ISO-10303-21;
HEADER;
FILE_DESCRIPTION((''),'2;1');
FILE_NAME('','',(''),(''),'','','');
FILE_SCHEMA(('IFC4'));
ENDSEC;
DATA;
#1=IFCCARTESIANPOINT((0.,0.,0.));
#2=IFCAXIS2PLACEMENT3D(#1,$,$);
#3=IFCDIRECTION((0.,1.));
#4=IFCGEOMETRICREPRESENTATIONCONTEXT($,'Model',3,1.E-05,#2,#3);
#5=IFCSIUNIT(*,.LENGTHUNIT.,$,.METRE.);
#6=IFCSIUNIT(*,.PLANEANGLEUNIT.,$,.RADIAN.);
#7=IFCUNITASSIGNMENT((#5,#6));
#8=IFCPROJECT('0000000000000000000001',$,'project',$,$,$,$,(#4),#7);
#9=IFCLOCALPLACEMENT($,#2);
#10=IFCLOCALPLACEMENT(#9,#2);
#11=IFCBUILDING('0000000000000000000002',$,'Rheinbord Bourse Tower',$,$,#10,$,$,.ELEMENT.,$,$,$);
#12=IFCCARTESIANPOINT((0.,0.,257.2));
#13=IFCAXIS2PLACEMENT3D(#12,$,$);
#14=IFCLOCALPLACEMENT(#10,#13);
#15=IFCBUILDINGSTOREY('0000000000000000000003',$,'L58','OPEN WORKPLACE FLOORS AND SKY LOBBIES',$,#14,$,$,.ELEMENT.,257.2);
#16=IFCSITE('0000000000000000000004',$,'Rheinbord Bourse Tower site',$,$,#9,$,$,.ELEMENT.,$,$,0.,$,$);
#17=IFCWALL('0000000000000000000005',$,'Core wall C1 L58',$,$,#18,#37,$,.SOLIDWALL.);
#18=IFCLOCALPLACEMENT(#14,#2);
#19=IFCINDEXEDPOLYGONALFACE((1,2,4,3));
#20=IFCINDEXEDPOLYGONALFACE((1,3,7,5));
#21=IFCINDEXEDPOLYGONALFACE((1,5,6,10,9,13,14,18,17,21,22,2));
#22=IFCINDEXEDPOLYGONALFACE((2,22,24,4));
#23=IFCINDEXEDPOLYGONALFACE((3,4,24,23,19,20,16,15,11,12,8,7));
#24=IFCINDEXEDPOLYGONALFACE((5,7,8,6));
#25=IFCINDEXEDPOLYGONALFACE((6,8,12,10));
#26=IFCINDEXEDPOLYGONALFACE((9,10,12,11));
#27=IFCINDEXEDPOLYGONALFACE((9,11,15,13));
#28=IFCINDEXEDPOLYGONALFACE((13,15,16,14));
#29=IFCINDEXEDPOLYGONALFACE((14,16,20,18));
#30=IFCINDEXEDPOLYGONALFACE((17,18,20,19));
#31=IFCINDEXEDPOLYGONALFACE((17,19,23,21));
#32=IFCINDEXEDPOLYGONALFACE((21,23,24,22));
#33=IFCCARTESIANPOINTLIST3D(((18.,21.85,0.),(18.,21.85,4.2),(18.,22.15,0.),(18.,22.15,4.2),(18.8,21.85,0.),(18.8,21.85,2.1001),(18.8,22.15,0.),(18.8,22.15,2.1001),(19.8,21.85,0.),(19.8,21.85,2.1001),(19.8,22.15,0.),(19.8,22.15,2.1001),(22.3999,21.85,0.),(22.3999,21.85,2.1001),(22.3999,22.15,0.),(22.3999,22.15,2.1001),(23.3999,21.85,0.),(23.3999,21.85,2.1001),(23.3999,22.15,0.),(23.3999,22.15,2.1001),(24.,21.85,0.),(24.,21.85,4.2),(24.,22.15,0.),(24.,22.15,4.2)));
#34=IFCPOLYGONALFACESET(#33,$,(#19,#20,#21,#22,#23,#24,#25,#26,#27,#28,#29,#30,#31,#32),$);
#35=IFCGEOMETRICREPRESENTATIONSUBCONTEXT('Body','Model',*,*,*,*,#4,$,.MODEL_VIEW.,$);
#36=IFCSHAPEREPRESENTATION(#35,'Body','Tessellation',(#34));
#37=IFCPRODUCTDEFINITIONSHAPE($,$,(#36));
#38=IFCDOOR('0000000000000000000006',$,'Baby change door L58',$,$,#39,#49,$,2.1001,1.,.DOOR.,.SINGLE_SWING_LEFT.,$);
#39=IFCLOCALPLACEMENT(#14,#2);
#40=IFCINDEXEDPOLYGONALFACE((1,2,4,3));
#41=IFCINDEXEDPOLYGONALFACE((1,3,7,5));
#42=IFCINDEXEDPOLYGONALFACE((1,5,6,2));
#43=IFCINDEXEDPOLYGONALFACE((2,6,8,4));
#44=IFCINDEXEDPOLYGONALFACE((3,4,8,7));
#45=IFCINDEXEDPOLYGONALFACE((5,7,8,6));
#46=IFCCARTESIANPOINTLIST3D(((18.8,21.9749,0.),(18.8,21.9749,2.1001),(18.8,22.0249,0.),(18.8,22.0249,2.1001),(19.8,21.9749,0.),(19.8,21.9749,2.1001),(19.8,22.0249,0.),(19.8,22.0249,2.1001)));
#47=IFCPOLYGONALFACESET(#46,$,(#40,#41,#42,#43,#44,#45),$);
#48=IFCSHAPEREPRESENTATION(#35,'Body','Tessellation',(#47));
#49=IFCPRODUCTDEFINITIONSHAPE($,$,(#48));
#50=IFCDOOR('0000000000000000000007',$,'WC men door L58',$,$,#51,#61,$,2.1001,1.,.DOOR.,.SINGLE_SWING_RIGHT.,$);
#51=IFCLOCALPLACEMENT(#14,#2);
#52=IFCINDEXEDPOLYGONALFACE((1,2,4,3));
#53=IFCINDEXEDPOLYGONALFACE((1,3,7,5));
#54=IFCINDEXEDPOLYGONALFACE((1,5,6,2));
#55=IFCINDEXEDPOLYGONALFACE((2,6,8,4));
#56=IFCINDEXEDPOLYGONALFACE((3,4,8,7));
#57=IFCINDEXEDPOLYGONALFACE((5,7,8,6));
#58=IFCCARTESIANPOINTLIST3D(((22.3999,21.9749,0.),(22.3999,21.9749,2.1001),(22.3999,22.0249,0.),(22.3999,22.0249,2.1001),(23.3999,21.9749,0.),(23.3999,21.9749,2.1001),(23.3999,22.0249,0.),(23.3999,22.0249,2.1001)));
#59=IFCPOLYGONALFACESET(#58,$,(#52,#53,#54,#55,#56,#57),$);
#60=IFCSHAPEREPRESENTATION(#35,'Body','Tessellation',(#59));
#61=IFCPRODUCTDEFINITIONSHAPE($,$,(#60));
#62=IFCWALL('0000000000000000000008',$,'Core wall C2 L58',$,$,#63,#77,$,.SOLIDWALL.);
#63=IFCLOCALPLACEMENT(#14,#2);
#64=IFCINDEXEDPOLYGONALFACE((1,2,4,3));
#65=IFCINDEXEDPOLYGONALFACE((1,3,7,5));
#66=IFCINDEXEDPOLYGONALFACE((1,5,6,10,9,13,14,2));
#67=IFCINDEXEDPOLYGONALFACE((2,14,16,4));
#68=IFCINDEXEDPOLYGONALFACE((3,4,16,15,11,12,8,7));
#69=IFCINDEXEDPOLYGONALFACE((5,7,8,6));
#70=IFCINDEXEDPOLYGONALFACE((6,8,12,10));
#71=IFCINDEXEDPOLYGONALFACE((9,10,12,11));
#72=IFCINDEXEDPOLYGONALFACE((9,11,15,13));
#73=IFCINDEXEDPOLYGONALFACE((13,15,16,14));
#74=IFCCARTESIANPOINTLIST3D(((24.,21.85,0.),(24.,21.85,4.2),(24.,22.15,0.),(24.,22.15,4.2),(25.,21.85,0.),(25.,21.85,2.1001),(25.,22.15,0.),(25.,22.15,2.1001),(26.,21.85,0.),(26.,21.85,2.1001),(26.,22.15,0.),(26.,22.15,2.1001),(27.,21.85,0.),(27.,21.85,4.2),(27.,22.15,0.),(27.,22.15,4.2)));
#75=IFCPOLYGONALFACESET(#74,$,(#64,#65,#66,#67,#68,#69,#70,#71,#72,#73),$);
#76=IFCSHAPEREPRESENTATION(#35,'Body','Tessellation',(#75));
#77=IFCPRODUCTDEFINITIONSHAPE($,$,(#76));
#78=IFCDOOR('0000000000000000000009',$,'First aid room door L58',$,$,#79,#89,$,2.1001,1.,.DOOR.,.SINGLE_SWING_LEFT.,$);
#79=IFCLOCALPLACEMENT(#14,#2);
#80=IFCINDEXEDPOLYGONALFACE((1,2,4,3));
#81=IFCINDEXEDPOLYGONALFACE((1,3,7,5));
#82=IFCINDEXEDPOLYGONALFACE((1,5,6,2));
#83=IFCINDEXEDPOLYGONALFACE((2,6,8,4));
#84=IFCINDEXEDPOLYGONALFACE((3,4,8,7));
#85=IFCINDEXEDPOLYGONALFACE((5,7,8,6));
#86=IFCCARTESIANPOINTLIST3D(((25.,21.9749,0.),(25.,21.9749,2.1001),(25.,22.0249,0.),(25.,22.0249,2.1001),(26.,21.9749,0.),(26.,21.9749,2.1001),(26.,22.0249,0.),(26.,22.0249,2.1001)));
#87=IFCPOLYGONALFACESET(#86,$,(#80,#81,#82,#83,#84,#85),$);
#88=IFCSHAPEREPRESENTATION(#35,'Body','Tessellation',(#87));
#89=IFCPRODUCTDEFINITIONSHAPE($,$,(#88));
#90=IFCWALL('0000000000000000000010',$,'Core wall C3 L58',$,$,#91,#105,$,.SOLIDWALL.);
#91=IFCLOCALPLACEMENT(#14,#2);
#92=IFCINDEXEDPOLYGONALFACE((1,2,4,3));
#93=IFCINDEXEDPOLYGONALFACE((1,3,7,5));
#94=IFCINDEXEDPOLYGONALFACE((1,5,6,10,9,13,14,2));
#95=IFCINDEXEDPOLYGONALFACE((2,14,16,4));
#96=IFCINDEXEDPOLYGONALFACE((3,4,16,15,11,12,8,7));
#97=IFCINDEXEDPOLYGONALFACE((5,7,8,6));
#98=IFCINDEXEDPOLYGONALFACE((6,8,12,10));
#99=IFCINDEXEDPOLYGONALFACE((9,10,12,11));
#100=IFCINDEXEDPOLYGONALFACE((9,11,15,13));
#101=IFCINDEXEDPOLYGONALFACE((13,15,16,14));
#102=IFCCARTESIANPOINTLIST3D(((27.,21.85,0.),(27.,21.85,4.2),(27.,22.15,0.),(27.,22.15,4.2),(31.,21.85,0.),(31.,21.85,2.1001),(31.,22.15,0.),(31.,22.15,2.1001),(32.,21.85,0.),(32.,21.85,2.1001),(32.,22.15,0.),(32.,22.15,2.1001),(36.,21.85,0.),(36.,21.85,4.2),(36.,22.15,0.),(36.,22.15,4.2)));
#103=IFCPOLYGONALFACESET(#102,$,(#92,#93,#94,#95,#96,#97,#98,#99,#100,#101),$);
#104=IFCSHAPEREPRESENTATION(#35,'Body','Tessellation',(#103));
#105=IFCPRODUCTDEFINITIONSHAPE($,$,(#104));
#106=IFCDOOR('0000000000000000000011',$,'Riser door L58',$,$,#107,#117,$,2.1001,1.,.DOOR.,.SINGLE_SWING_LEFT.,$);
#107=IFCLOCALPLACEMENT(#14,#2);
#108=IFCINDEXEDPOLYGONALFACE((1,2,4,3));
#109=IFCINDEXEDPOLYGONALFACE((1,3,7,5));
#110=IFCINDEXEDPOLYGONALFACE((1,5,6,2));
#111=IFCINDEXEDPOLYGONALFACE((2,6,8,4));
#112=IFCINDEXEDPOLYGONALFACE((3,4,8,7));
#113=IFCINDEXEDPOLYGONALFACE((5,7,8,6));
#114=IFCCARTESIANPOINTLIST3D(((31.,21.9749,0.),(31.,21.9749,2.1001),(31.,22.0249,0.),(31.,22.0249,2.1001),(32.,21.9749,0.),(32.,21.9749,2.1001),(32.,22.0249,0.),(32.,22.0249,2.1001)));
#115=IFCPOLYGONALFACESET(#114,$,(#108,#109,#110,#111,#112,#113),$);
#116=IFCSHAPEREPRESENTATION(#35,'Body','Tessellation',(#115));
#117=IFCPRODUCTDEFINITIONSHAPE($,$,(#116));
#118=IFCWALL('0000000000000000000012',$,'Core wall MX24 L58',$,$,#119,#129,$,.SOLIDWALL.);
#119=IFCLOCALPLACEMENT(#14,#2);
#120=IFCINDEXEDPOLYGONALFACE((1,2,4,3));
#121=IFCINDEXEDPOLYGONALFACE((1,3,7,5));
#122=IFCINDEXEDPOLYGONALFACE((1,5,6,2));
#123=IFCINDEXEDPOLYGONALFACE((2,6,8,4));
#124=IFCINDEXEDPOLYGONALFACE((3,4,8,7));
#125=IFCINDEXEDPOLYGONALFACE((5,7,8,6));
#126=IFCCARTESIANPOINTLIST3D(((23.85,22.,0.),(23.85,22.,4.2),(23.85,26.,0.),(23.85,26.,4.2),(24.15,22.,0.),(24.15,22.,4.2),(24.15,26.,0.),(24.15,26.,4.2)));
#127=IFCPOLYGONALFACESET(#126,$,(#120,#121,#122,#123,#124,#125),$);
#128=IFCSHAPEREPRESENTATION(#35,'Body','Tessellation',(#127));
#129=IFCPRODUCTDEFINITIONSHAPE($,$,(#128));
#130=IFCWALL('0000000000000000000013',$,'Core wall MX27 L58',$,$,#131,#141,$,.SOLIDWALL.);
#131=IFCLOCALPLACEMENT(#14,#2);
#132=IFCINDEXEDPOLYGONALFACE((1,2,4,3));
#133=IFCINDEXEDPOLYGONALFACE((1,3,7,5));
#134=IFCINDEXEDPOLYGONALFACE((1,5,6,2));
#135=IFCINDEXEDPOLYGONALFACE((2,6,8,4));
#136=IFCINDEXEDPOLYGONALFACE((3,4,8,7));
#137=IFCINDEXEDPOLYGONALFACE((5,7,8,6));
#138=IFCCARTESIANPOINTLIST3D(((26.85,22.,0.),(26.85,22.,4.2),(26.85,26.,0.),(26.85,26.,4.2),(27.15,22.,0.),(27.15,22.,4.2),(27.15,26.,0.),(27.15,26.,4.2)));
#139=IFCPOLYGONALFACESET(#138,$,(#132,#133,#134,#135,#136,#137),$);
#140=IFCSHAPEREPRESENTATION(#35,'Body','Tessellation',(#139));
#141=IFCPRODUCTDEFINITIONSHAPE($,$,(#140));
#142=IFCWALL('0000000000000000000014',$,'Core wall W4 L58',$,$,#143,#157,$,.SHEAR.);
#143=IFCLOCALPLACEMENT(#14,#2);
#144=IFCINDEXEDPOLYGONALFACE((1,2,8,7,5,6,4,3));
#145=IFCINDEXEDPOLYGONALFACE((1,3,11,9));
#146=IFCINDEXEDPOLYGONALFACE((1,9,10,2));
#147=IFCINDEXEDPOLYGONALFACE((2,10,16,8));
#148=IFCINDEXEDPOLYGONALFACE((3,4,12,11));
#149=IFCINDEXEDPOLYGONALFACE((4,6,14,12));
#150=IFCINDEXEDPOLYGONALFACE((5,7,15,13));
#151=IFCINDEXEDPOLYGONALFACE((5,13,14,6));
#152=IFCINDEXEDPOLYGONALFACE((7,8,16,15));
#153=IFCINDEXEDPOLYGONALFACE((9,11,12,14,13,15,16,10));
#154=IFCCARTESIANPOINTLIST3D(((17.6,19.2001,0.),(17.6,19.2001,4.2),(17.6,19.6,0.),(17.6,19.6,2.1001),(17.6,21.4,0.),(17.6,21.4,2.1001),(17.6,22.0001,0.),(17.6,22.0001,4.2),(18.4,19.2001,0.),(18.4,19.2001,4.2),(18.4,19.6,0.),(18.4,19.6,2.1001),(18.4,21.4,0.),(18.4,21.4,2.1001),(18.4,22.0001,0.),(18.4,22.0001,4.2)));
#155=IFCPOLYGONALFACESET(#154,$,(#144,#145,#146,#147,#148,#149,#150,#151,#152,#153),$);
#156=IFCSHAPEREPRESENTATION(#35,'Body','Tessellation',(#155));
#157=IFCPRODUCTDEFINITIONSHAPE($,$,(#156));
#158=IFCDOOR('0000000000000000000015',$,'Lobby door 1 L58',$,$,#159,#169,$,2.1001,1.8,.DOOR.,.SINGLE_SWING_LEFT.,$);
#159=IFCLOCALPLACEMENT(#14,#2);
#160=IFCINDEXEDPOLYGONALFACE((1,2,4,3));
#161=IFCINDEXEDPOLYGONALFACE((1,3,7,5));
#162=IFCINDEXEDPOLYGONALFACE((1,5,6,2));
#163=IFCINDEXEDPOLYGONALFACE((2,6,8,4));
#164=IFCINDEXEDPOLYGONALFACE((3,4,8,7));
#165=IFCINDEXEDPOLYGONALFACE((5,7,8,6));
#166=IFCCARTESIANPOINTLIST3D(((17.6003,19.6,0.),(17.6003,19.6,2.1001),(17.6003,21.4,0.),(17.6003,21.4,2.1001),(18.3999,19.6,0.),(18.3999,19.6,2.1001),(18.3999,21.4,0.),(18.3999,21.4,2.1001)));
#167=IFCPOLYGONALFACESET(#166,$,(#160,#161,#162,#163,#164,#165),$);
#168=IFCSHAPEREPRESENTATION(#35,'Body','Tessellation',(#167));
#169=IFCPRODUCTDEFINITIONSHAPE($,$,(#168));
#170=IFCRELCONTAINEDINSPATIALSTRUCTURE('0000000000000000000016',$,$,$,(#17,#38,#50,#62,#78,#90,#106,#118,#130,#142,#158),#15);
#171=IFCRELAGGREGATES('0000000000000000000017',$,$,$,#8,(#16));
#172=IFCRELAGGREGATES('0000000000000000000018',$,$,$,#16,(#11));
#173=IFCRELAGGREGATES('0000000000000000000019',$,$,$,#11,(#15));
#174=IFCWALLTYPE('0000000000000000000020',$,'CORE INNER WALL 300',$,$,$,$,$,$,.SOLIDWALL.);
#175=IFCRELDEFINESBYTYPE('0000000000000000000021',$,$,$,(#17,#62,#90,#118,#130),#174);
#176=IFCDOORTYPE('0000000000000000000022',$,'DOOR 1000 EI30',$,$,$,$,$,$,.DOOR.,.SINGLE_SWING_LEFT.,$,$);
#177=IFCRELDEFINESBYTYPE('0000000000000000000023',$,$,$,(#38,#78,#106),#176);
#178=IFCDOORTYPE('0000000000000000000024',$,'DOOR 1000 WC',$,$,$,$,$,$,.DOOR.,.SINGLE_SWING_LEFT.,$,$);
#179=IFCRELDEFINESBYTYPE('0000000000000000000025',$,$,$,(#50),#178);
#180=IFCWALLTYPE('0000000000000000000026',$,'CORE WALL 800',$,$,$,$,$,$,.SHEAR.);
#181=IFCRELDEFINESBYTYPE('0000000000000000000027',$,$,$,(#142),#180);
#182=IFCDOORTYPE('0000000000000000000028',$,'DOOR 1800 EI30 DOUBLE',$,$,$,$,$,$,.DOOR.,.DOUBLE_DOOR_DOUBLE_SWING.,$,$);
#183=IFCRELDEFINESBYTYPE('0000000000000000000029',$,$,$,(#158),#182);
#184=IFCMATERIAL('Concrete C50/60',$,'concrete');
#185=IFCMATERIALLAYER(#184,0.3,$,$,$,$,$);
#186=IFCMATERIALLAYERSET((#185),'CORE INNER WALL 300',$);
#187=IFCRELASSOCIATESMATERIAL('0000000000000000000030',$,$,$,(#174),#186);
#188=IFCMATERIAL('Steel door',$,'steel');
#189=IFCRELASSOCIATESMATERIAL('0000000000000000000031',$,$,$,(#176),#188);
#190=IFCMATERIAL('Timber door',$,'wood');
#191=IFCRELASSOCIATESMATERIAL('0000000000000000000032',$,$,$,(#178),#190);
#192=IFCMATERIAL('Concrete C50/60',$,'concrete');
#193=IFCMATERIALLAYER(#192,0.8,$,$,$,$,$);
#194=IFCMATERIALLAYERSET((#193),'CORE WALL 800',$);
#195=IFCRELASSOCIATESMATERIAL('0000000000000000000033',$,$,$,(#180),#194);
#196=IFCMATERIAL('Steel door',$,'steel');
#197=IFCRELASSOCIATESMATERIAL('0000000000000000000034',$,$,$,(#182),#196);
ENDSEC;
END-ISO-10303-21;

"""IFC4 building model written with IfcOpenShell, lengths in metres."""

from ifc_helpers import new_model, si_unit, direction, frame, frame_2d, origin, place, context, subcontext, project, spatial, rectangle, extrude, material, layer, layer_set, type_object, element, fill, save


model = new_model("IFC4")

# Units and contexts
model_context = context("Model", 3, precision=1e-05, world=origin(), true_north=direction((0.0, 1.0)))
body_context = subcontext(model_context, "Body", "Model", "MODEL_VIEW")
ifc_project = project(units=[si_unit("LENGTHUNIT", "METRE"), si_unit("PLANEANGLEUNIT", "RADIAN")], contexts=[model_context])

# Site, building, storey
site_placement = place(None, origin())
site = spatial("IfcSite", under=ifc_project, at=site_placement, Name="Rheinbord Bourse Tower site", CompositionType="ELEMENT", RefElevation=0.0)
building_placement = place(site_placement, origin())
building = spatial("IfcBuilding", under=site, at=building_placement, Name="Rheinbord Bourse Tower", CompositionType="ELEMENT")
storey_placement = place(building_placement, frame((0.0, 0.0, 257.2)))
storey = spatial("IfcBuildingStorey", under=building, at=storey_placement, Name="L58", Description="OPEN WORKPLACE FLOORS AND SKY LOBBIES", CompositionType="ELEMENT", Elevation=257.2)

# Shared definitions
ifc_material_1 = material(Name="Concrete C50/60", Category="concrete")
ifc_layer_1 = layer(ifc_material_1, 0.3)
ifc_layer_set_1 = layer_set([ifc_layer_1], Name="CORE INNER WALL 300")
wall_type_1 = type_object("IfcWallType", Name="CORE INNER WALL 300", PredefinedType="SOLIDWALL", material=ifc_layer_set_1)
ifc_material_2 = material(Name="Steel door", Category="steel")
door_type_1 = type_object("IfcDoorType", Name="DOOR 1000 EI30", OperationType="SINGLE_SWING_LEFT", PredefinedType="DOOR", material=ifc_material_2)

# Wall, openings, doors
wall_1_placement = place(storey_placement, frame((18.0, 22.0, 0.0), z_axis=(0.0, 0.0, 1.0), x_axis=(1.0, 0.0, 0.0)))
wall_1 = element("IfcWall", 1, at=wall_1_placement, inside=storey, type_object=wall_type_1, Name="Core wall C1 L58", PredefinedType="SOLIDWALL", context=body_context, shape_type="SweptSolid", body=[
    extrude(rectangle(XDim=6.0, YDim=0.3, at=frame_2d((3.0, 0.0))), origin(), (0.0, 0.0, 1.0), 4.2),
])
opening_1_placement = place(wall_1_placement, frame((4.3999, 0.0, 0.0)))
opening_1 = element("IfcOpeningElement", 2, at=opening_1_placement, cuts=wall_1, PredefinedType="OPENING", context=body_context, shape_type="SweptSolid", body=[
    extrude(rectangle(XDim=1.0, YDim=2.1001, at=frame_2d((0.5, 1.05))), frame((0.0, 0.1599, 0.0), z_axis=(0.0, -1.0, 0.0), x_axis=(1.0, 0.0, 0.0)), (0.0, 0.0, 1.0), 0.3201),
])
opening_2_placement = place(wall_1_placement, frame((0.8, 0.0, 0.0)))
opening_2 = element("IfcOpeningElement", 3, at=opening_2_placement, cuts=wall_1, PredefinedType="OPENING", context=body_context, shape_type="SweptSolid", body=[
    extrude(rectangle(XDim=1.0, YDim=2.1001, at=frame_2d((0.5, 1.05))), frame((0.0, 0.1599, 0.0), z_axis=(0.0, -1.0, 0.0), x_axis=(1.0, 0.0, 0.0)), (0.0, 0.0, 1.0), 0.3201),
])
door_1_placement = place(opening_2_placement, origin())
door_1 = element("IfcDoor", 4, at=door_1_placement, inside=storey, type_object=door_type_1, Name="Baby change door L58", OperationType="SINGLE_SWING_LEFT", OverallHeight=2.1001, OverallWidth=1.0, PredefinedType="DOOR", context=body_context, shape_type="SweptSolid", body=[
    extrude(rectangle(XDim=1.0, YDim=2.1001, at=frame_2d((0.5, 1.05))), frame((0.0, 0.0249, 0.0), z_axis=(0.0, -1.0, 0.0), x_axis=(1.0, 0.0, 0.0)), (0.0, 0.0, 1.0), 0.05),
])
fill(opening_2, door_1)
ifc_material_3 = material(Name="Timber door", Category="wood")
door_type_2 = type_object("IfcDoorType", Name="DOOR 1000 WC", OperationType="SINGLE_SWING_LEFT", PredefinedType="DOOR", material=ifc_material_3)
door_2_placement = place(opening_1_placement, origin())
door_2 = element("IfcDoor", 5, at=door_2_placement, inside=storey, type_object=door_type_2, Name="WC men door L58", OperationType="SINGLE_SWING_RIGHT", OverallHeight=2.1001, OverallWidth=1.0, PredefinedType="DOOR", context=body_context, shape_type="SweptSolid", body=[
    extrude(rectangle(XDim=1.0, YDim=2.1001, at=frame_2d((0.5, 1.05))), frame((0.0, 0.0249, 0.0), z_axis=(0.0, -1.0, 0.0), x_axis=(1.0, 0.0, 0.0)), (0.0, 0.0, 1.0), 0.05),
])
fill(opening_1, door_2)

# Walls, openings, doors
wall_2_placement = place(storey_placement, frame((24.0, 22.0, 0.0), z_axis=(0.0, 0.0, 1.0), x_axis=(1.0, 0.0, 0.0)))
wall_2 = element("IfcWall", 6, at=wall_2_placement, inside=storey, type_object=wall_type_1, Name="Core wall C2 L58", PredefinedType="SOLIDWALL", context=body_context, shape_type="SweptSolid", body=[
    extrude(rectangle(XDim=3.0, YDim=0.3, at=frame_2d((1.5, 0.0))), origin(), (0.0, 0.0, 1.0), 4.2),
])
opening_3_placement = place(wall_2_placement, frame((1.0, 0.0, 0.0)))
opening_3 = element("IfcOpeningElement", 7, at=opening_3_placement, cuts=wall_2, PredefinedType="OPENING", context=body_context, shape_type="SweptSolid", body=[
    extrude(rectangle(XDim=1.0, YDim=2.1001, at=frame_2d((0.5, 1.05))), frame((0.0, 0.1599, 0.0), z_axis=(0.0, -1.0, 0.0), x_axis=(1.0, 0.0, 0.0)), (0.0, 0.0, 1.0), 0.3201),
])
door_3_placement = place(opening_3_placement, origin())
door_3 = element("IfcDoor", 8, at=door_3_placement, inside=storey, type_object=door_type_1, Name="First aid room door L58", OperationType="SINGLE_SWING_LEFT", OverallHeight=2.1001, OverallWidth=1.0, PredefinedType="DOOR", context=body_context, shape_type="SweptSolid", body=[
    extrude(rectangle(XDim=1.0, YDim=2.1001, at=frame_2d((0.5, 1.05))), frame((0.0, 0.0249, 0.0), z_axis=(0.0, -1.0, 0.0), x_axis=(1.0, 0.0, 0.0)), (0.0, 0.0, 1.0), 0.05),
])
fill(opening_3, door_3)
wall_3_placement = place(storey_placement, frame((27.0, 22.0, 0.0), z_axis=(0.0, 0.0, 1.0), x_axis=(1.0, 0.0, 0.0)))
wall_3 = element("IfcWall", 9, at=wall_3_placement, inside=storey, type_object=wall_type_1, Name="Core wall C3 L58", PredefinedType="SOLIDWALL", context=body_context, shape_type="SweptSolid", body=[
    extrude(rectangle(XDim=9.0, YDim=0.3, at=frame_2d((4.5, 0.0))), origin(), (0.0, 0.0, 1.0), 4.2),
])
opening_4_placement = place(wall_3_placement, frame((4.0, 0.0, 0.0)))
opening_4 = element("IfcOpeningElement", 10, at=opening_4_placement, cuts=wall_3, PredefinedType="OPENING", context=body_context, shape_type="SweptSolid", body=[
    extrude(rectangle(XDim=1.0, YDim=2.1001, at=frame_2d((0.5, 1.05))), frame((0.0, 0.1599, 0.0), z_axis=(0.0, -1.0, 0.0), x_axis=(1.0, 0.0, 0.0)), (0.0, 0.0, 1.0), 0.3201),
])
door_4_placement = place(opening_4_placement, origin())
door_4 = element("IfcDoor", 11, at=door_4_placement, inside=storey, type_object=door_type_1, Name="Riser door L58", OperationType="SINGLE_SWING_LEFT", OverallHeight=2.1001, OverallWidth=1.0, PredefinedType="DOOR", context=body_context, shape_type="SweptSolid", body=[
    extrude(rectangle(XDim=1.0, YDim=2.1001, at=frame_2d((0.5, 1.05))), frame((0.0, 0.0249, 0.0), z_axis=(0.0, -1.0, 0.0), x_axis=(1.0, 0.0, 0.0)), (0.0, 0.0, 1.0), 0.05),
])
fill(opening_4, door_4)

# Walls
for number, where, z_axis, x_axis, name in (
    (12, (24.0, 22.0, 0.0), (0.0, 0.0, 1.0), (0.0, 1.0, 0.0), "Core wall MX24 L58"),
    (13, (27.0, 22.0, 0.0), (0.0, 0.0, 1.0), (0.0, 1.0, 0.0), "Core wall MX27 L58"),
):
    element("IfcWall", number, at=place(storey_placement, frame(where, z_axis=z_axis, x_axis=x_axis)), inside=storey, type_object=wall_type_1, Name=name, PredefinedType="SOLIDWALL", context=body_context, shape_type="SweptSolid", body=[
        extrude(rectangle(XDim=4.0, YDim=0.3, at=frame_2d((2.0, 0.0))), origin(), (0.0, 0.0, 1.0), 4.2),
    ])

# Wall, opening, door
ifc_material_4 = material(Name="Concrete C50/60", Category="concrete")
ifc_layer_2 = layer(ifc_material_4, 0.8)
ifc_layer_set_2 = layer_set([ifc_layer_2], Name="CORE WALL 800")
wall_type_2 = type_object("IfcWallType", Name="CORE WALL 800", PredefinedType="SHEAR", material=ifc_layer_set_2)
wall_4_placement = place(storey_placement, frame((18.0, 22.0, 0.0), z_axis=(0.0, 0.0, 1.0), x_axis=(0.0, -1.0, 0.0)))
wall_4 = element("IfcWall", 14, at=wall_4_placement, inside=storey, type_object=wall_type_2, Name="Core wall W4 L58", PredefinedType="SHEAR", context=body_context, shape_type="SweptSolid", body=[
    extrude(rectangle(XDim=2.8, YDim=0.8, at=frame_2d((1.3999, 0.0))), origin(), (0.0, 0.0, 1.0), 4.2),
])
opening_5_placement = place(wall_4_placement, frame((0.6001, 0.0, 0.0)))
opening_5 = element("IfcOpeningElement", 15, at=opening_5_placement, cuts=wall_4, PredefinedType="OPENING", context=body_context, shape_type="SweptSolid", body=[
    extrude(rectangle(XDim=1.8, YDim=2.1001, at=frame_2d((0.8999, 1.05))), frame((0.0, 0.4099, 0.0), z_axis=(0.0, -1.0, 0.0), x_axis=(1.0, 0.0, 0.0)), (0.0, 0.0, 1.0), 0.8201),
])
ifc_material_5 = material(Name="Steel door", Category="steel")
door_type_3 = type_object("IfcDoorType", Name="DOOR 1800 EI30 DOUBLE", OperationType="DOUBLE_DOOR_DOUBLE_SWING", PredefinedType="DOOR", material=ifc_material_5)
door_5_placement = place(opening_5_placement, origin())
door_5 = element("IfcDoor", 16, at=door_5_placement, inside=storey, type_object=door_type_3, Name="Lobby door 1 L58", OperationType="SINGLE_SWING_LEFT", OverallHeight=2.1001, OverallWidth=1.8, PredefinedType="DOOR", context=body_context, shape_type="SweptSolid", body=[
    extrude(rectangle(XDim=1.8, YDim=2.1001, at=frame_2d((0.8999, 1.05))), frame((0.0, 0.3999, 0.0), z_axis=(0.0, -1.0, 0.0), x_axis=(1.0, 0.0, 0.0)), (0.0, 0.0, 1.0), 0.7996),
])
fill(opening_5, door_5)

save(model, "model.ifc")
